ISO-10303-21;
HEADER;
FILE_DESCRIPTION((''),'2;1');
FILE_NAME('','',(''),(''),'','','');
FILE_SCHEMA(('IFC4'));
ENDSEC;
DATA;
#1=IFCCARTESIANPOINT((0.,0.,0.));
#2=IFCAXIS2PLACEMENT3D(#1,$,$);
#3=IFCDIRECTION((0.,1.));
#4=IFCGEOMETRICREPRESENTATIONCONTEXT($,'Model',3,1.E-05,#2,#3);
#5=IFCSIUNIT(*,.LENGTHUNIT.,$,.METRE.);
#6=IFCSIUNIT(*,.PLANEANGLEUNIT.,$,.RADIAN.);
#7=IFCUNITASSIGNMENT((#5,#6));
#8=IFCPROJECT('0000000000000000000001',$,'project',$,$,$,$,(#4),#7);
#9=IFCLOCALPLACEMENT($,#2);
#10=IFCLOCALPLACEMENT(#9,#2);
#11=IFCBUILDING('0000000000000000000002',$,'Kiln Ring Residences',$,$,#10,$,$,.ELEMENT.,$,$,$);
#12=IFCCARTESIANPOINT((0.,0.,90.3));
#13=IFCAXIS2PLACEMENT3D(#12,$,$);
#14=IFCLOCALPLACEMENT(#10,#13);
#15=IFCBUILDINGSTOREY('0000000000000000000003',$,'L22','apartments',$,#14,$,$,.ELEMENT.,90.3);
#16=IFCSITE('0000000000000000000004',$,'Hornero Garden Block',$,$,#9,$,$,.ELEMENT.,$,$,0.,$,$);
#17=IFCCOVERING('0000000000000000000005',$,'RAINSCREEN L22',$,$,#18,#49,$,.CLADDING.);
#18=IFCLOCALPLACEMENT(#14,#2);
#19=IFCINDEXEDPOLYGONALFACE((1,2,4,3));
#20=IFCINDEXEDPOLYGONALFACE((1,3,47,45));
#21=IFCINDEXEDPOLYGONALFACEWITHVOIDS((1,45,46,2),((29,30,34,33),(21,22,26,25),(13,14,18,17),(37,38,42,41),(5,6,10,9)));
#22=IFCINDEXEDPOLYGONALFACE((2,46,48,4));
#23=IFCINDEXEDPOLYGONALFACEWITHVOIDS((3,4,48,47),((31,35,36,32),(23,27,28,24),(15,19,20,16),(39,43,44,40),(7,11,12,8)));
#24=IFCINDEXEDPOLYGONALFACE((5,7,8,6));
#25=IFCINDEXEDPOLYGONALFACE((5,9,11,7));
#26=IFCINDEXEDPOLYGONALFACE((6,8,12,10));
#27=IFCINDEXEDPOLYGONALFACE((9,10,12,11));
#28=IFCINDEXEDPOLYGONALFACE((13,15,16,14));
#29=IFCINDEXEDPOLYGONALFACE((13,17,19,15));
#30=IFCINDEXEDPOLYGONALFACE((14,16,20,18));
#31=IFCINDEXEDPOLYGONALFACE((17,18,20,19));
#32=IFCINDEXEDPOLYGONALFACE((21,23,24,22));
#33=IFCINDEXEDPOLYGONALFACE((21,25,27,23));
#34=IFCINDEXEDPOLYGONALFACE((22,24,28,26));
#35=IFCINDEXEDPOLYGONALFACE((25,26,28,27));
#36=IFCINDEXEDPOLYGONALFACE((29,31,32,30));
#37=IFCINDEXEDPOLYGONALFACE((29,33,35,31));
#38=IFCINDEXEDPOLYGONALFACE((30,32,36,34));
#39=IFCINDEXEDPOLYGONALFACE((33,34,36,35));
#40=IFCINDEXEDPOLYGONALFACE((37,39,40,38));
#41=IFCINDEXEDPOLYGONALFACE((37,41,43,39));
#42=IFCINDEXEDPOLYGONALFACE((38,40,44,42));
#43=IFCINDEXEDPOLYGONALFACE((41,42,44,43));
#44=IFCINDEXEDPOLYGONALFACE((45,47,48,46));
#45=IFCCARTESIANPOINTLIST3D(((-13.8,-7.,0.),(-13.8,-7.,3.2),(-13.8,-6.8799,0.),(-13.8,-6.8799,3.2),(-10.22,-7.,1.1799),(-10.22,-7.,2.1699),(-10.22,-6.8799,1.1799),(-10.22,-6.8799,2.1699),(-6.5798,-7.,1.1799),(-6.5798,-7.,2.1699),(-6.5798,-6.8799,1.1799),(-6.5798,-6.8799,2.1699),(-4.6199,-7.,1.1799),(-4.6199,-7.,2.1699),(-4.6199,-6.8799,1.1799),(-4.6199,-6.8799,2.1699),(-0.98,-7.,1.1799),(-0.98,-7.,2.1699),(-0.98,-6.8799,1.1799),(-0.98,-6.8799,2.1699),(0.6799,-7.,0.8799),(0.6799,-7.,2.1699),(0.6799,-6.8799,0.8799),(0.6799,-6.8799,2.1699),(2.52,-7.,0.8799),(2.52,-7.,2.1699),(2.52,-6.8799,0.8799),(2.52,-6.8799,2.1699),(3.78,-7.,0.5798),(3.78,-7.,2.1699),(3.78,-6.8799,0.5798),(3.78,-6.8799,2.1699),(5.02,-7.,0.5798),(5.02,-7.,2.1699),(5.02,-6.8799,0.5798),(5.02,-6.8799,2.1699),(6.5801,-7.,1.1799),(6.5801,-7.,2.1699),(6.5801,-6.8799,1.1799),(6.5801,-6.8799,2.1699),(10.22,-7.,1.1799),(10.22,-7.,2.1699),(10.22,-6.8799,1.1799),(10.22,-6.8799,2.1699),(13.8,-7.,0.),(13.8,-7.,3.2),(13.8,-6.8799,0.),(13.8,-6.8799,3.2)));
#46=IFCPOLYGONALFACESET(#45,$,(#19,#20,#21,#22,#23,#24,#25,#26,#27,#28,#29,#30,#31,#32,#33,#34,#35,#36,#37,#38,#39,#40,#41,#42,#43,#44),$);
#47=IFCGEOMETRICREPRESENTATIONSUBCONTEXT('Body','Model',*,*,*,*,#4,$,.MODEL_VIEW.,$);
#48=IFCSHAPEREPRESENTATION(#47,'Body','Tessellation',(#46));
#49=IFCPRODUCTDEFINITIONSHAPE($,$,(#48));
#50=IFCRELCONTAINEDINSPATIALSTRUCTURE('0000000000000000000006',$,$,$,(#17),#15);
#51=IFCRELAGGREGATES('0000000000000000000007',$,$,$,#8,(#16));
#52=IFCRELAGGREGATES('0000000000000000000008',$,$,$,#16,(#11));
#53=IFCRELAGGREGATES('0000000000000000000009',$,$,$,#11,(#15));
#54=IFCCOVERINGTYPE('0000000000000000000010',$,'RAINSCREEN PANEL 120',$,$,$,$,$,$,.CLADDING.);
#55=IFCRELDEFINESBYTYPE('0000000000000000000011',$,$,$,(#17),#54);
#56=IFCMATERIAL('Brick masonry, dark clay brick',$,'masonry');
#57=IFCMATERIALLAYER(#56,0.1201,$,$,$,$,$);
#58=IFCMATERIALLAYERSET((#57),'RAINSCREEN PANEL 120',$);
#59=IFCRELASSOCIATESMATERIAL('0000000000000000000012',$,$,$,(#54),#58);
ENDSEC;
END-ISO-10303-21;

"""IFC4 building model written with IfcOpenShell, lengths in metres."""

from ifc_helpers import new_model, si_unit, direction, frame, origin, place, context, subcontext, project, spatial, polyline, outline, extrude, material, layer, layer_set, type_object, element, save


model = new_model("IFC4")

# Units and contexts
model_context = context("Model", 3, precision=1e-05, world=origin(), true_north=direction((0.0, 1.0)))
body_context = subcontext(model_context, "Body", "Model", "MODEL_VIEW")
ifc_project = project(units=[si_unit("LENGTHUNIT", "METRE"), si_unit("PLANEANGLEUNIT", "RADIAN")], contexts=[model_context])

# Site, building, storey
site_placement = place(None, origin())
site = spatial("IfcSite", under=ifc_project, at=site_placement, Name="Hornero Garden Block", CompositionType="ELEMENT", RefElevation=0.0)
building_placement = place(site_placement, origin())
building = spatial("IfcBuilding", under=site, at=building_placement, Name="Kiln Ring Residences", CompositionType="ELEMENT")
storey_placement = place(building_placement, frame((0.0, 0.0, 90.3)))
storey = spatial("IfcBuildingStorey", under=building, at=storey_placement, Name="L22", Description="apartments", CompositionType="ELEMENT", Elevation=90.3)

# Covering
ifc_material_1 = material(Name="Brick masonry, dark clay brick", Category="masonry")
ifc_layer_1 = layer(ifc_material_1, 0.1201)
ifc_layer_set_1 = layer_set([ifc_layer_1], Name="RAINSCREEN PANEL 120")
covering_type = type_object("IfcCoveringType", Name="RAINSCREEN PANEL 120", PredefinedType="CLADDING", material=ifc_layer_set_1)
covering_placement = place(storey_placement, frame((13.8, -6.9399, 0.0), z_axis=(0.0, 0.0, 1.0), x_axis=(-1.0, 0.0, 0.0)))
element("IfcCovering", 1, at=covering_placement, inside=storey, type_object=covering_type, Name="RAINSCREEN L22", PredefinedType="CLADDING", context=body_context, shape_type="SweptSolid", body=[
    extrude(outline(polyline([(0.0, 0.0), (27.6001, 0.0), (27.6001, 3.2), (0.0, 3.2), (0.0, 0.0)]), holes=[polyline([(10.02, 0.5798), (10.02, 2.1699), (8.78, 2.1699), (8.78, 0.5798), (10.02, 0.5798)]), polyline([(13.1201, 0.8799), (13.1201, 2.1699), (11.28, 2.1699), (11.28, 0.8799), (13.1201, 0.8799)]), polyline([(7.22, 1.1799), (7.22, 2.1699), (3.5801, 2.1699), (3.5801, 1.1799), (7.22, 1.1799)]), polyline([(14.78, 1.1799), (18.4199, 1.1799), (18.4199, 2.1699), (14.78, 2.1699), (14.78, 1.1799)]), polyline([(20.3799, 1.1799), (24.02, 1.1799), (24.02, 2.1699), (20.3799, 2.1699), (20.3799, 1.1799)])]), frame((0.0, 0.0601, 0.0), z_axis=(0.0, -1.0, 0.0), x_axis=(1.0, 0.0, 0.0)), (0.0, 0.0, 1.0), 0.1201),
])

save(model, "model.ifc")
